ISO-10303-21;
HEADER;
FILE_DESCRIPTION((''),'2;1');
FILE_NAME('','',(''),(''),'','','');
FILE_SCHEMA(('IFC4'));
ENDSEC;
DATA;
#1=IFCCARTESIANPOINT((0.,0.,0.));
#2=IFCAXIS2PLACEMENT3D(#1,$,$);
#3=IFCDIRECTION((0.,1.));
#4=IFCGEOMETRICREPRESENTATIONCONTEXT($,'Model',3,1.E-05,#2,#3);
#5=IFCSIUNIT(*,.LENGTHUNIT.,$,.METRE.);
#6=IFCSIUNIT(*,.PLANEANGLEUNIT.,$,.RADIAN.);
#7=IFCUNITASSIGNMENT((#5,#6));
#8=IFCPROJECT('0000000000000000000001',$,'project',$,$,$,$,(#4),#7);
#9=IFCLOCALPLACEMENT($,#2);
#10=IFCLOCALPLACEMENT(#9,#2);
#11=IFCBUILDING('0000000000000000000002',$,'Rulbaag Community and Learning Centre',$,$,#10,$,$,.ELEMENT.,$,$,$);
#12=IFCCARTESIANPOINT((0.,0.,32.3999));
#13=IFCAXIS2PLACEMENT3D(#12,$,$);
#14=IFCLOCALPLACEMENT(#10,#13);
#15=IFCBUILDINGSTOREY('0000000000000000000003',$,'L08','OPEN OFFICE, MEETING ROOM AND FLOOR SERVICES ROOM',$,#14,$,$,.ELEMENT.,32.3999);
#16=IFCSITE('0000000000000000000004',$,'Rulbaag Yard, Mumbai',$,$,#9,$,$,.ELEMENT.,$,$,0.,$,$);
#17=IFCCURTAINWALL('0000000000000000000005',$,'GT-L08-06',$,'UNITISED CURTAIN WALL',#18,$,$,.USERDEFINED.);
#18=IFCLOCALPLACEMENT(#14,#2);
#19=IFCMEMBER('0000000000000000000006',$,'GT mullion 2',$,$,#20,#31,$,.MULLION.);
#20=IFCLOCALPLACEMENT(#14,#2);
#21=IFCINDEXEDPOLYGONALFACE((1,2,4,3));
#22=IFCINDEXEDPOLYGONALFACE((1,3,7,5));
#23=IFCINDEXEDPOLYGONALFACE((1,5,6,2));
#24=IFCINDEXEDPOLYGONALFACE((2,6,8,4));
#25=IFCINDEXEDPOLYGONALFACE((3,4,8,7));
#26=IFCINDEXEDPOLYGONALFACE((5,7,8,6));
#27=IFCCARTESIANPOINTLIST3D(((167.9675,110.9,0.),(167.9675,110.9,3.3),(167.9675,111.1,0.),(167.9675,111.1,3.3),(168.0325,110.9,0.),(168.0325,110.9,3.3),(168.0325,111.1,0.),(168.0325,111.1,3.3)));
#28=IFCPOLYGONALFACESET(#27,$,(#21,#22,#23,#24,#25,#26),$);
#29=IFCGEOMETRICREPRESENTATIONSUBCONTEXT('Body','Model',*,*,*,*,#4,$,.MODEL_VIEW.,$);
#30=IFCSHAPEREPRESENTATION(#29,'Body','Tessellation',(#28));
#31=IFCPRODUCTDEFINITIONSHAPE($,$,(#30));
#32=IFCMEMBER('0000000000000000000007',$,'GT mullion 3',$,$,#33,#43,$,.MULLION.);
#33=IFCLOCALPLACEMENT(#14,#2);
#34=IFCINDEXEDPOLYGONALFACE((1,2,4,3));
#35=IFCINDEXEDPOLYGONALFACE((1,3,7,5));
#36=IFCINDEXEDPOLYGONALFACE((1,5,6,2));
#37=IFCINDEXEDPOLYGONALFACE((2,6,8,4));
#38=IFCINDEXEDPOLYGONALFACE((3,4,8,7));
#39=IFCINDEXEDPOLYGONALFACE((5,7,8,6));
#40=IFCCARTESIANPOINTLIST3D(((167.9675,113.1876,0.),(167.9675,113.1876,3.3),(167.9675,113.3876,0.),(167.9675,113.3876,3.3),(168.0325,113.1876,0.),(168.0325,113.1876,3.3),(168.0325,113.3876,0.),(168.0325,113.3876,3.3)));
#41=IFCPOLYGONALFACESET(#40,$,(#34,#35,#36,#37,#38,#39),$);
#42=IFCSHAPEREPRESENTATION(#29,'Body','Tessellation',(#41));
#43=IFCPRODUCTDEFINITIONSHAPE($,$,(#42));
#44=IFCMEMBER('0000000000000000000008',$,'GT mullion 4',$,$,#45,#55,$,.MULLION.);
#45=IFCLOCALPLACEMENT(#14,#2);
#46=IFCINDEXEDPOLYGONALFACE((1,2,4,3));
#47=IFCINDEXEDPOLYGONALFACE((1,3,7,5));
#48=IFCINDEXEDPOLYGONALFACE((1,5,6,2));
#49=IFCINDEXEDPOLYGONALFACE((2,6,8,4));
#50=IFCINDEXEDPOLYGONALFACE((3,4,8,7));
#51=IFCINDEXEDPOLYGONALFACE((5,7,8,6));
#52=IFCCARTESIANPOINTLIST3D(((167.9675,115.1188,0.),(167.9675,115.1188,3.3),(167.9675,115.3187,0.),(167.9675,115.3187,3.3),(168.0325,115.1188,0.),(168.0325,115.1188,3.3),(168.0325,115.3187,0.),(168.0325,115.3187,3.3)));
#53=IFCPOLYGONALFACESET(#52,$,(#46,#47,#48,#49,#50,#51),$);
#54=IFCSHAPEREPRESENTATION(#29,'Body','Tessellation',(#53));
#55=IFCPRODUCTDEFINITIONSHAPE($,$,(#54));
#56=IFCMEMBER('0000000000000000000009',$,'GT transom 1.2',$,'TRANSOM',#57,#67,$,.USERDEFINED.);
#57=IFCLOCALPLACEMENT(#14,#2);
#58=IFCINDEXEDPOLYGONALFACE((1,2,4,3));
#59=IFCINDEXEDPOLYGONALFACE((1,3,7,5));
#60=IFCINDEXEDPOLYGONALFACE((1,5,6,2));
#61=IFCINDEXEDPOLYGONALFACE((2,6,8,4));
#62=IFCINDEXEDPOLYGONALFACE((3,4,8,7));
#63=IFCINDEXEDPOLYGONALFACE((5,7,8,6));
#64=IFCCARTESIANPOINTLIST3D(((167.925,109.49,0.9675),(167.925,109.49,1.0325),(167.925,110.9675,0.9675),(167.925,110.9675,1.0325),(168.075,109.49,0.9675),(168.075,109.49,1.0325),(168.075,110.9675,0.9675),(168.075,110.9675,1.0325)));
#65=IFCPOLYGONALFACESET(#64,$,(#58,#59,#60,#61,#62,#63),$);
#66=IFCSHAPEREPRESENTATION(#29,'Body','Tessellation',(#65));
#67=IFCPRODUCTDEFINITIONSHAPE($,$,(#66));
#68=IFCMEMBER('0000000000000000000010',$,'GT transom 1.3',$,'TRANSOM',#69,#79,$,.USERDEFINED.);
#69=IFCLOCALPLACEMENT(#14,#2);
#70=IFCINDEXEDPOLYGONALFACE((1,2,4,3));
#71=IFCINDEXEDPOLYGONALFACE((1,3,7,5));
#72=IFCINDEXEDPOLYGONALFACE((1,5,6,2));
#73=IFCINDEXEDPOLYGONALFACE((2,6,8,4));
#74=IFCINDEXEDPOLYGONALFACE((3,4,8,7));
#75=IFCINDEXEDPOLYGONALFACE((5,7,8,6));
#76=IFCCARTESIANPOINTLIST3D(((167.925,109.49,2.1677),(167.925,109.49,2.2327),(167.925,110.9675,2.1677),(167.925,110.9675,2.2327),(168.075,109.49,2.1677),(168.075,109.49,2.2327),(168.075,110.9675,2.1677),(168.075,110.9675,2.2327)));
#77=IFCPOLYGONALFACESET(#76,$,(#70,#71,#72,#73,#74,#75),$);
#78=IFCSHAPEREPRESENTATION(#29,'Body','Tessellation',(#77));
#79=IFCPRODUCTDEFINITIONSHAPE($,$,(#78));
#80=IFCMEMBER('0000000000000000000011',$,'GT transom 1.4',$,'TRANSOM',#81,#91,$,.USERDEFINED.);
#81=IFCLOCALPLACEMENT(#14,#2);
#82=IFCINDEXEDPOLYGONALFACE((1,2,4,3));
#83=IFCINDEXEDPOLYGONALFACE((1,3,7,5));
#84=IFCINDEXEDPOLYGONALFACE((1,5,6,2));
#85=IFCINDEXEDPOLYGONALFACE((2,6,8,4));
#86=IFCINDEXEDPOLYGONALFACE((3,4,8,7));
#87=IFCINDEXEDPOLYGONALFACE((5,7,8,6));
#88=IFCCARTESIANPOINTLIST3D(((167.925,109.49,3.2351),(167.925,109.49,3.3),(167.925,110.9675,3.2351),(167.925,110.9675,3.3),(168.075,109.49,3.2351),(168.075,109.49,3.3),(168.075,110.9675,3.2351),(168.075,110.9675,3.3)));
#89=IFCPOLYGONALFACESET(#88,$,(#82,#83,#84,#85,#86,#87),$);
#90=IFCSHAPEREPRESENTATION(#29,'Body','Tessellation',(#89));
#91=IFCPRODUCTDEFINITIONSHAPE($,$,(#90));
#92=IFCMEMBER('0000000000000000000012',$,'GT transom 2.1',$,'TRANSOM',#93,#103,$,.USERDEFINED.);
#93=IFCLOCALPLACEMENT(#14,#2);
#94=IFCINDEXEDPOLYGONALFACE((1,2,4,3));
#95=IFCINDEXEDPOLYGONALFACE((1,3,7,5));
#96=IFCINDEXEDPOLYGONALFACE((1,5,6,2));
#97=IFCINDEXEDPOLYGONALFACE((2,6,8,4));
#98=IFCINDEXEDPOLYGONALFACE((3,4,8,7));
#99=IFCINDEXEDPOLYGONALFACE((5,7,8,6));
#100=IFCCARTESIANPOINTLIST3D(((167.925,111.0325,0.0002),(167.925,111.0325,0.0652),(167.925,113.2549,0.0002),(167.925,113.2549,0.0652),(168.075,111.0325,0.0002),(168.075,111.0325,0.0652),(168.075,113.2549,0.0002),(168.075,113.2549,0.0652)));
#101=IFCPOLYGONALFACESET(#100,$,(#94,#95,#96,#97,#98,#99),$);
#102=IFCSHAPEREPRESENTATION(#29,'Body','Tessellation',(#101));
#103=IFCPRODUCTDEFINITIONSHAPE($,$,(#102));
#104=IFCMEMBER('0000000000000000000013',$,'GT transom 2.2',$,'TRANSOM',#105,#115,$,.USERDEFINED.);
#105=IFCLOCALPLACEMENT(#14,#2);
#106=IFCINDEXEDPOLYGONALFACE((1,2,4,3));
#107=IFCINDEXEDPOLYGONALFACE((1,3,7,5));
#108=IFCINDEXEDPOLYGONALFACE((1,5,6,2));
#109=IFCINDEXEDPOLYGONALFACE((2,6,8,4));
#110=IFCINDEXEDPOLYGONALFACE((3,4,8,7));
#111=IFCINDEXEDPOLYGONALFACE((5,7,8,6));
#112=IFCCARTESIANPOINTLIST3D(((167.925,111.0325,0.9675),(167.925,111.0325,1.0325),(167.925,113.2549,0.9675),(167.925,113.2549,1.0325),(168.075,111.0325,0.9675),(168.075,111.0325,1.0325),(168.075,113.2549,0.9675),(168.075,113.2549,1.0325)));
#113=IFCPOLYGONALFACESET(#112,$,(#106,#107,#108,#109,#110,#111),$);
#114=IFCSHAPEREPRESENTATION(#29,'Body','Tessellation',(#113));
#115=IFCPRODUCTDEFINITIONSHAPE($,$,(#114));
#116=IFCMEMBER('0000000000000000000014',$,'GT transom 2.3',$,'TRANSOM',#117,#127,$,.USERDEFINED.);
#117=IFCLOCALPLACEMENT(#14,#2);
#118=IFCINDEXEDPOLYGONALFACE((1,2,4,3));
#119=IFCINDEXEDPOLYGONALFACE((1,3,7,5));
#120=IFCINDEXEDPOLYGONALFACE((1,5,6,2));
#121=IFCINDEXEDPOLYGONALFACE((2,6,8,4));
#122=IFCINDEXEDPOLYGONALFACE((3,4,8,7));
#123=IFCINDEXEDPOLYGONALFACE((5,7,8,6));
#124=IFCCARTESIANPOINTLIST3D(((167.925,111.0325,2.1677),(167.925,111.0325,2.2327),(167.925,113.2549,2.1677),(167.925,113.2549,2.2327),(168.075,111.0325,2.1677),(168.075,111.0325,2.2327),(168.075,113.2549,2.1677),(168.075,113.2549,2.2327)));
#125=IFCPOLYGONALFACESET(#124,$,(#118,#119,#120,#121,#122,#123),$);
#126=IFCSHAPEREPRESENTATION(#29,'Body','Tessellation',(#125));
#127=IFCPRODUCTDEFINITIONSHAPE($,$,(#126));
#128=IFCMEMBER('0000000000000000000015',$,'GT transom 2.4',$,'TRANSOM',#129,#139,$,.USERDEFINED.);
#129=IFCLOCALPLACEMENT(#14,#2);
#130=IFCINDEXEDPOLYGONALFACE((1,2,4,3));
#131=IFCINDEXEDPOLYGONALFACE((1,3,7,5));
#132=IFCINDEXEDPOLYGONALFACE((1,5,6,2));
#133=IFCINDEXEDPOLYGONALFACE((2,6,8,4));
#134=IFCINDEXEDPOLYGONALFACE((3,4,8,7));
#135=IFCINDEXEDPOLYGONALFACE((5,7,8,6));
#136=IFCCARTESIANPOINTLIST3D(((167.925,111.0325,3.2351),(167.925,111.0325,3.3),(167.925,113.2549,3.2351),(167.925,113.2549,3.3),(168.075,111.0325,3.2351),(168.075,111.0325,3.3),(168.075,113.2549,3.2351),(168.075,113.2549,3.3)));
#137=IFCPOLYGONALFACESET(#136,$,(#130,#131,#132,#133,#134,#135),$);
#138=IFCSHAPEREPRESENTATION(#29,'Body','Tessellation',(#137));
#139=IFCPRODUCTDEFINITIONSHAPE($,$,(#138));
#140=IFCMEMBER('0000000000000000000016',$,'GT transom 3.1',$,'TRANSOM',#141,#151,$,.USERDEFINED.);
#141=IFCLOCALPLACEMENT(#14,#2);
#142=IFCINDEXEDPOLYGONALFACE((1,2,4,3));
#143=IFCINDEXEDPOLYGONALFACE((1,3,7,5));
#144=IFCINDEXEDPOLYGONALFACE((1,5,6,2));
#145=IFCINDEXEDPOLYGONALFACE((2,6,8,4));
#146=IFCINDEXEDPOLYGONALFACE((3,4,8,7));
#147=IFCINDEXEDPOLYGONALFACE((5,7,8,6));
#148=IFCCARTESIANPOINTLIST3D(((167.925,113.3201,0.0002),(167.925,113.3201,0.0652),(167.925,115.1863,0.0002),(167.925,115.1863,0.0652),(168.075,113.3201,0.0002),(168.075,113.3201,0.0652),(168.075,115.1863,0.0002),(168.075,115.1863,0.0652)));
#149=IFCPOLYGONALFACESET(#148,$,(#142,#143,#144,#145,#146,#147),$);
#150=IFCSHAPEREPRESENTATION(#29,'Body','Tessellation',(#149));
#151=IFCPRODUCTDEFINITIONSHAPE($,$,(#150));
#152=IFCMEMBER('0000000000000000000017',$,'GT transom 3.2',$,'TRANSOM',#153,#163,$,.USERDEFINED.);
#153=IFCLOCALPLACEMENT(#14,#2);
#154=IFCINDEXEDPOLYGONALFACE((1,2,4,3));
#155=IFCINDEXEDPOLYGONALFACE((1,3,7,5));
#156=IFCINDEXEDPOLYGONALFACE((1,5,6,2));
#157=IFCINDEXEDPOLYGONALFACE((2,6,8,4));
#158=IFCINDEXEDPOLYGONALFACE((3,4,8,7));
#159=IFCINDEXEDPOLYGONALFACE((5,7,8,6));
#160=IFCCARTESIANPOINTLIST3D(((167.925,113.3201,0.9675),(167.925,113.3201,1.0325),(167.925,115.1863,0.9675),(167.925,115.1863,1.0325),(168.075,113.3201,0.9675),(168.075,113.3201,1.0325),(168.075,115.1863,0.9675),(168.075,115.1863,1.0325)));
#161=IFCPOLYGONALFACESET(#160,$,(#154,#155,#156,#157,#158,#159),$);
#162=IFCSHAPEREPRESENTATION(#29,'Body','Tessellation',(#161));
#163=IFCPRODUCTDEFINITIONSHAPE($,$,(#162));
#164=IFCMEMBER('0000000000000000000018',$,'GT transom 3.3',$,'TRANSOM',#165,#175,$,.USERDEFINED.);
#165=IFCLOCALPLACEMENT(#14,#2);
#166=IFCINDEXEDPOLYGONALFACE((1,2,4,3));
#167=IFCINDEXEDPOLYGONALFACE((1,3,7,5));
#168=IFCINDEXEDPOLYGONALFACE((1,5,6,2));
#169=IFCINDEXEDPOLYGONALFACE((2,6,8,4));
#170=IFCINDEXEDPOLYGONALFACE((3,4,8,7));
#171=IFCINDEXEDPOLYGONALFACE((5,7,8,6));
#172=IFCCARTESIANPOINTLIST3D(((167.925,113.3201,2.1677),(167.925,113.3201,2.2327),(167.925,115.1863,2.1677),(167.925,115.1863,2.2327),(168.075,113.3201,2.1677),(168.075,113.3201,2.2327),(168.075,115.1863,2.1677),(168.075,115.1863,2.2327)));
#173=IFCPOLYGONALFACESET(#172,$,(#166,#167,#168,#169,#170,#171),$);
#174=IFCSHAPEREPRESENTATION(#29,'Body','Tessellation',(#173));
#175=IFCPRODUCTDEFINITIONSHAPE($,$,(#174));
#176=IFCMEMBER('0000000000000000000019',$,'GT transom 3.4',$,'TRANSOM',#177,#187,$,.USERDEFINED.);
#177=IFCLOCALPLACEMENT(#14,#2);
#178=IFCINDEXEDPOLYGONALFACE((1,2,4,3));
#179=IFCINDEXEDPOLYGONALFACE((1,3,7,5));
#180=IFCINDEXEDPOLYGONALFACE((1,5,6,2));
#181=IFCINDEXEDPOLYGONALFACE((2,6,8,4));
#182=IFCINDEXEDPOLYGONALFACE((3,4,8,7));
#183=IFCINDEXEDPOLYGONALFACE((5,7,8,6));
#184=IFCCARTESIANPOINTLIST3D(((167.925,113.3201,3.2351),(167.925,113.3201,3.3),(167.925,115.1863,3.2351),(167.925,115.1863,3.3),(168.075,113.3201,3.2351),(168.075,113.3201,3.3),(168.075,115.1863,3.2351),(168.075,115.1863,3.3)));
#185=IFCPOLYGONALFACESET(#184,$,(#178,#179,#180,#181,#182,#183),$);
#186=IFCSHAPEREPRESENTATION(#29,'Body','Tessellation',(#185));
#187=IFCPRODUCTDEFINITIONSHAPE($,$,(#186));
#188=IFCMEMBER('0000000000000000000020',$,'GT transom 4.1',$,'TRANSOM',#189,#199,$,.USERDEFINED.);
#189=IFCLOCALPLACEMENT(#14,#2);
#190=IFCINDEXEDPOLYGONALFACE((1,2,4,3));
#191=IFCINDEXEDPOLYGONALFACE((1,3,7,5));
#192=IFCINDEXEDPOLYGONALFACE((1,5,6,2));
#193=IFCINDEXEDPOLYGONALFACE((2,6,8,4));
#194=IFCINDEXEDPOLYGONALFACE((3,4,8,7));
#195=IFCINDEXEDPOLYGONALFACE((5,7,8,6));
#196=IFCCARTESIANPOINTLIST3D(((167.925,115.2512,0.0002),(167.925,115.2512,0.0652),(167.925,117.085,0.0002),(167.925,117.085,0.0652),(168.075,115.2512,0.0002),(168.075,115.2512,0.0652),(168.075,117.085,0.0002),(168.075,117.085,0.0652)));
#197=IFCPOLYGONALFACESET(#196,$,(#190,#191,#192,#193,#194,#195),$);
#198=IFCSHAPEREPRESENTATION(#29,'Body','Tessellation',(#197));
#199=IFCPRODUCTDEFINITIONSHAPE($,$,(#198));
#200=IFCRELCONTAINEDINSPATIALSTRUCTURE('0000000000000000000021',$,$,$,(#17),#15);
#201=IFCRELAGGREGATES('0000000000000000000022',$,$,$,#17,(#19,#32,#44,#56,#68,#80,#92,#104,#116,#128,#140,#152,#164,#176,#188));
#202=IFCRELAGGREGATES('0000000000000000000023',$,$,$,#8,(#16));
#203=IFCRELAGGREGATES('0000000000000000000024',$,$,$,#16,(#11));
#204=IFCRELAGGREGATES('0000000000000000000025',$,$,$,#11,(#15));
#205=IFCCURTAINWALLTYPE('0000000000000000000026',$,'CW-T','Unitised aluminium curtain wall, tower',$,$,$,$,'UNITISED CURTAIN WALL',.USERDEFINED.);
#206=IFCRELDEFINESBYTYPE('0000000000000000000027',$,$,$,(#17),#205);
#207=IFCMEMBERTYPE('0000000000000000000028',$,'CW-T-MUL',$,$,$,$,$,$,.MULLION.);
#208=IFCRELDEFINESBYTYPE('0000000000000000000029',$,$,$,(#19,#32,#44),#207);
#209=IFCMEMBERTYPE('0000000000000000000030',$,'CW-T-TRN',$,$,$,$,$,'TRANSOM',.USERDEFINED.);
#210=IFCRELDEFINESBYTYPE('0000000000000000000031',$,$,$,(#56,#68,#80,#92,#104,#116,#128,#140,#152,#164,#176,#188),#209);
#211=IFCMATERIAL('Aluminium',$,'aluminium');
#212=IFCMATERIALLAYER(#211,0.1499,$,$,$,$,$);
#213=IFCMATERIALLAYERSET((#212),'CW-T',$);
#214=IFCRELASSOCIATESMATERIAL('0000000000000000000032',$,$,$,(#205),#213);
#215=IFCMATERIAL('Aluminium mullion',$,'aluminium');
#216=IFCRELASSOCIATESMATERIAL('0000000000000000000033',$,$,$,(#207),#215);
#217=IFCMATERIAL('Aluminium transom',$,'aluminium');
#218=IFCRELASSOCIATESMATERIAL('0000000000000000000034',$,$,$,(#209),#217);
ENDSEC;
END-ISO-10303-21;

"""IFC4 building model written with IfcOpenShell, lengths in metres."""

from ifc_helpers import new_model, si_unit, direction, frame, origin, origin_2d, place, context, subcontext, project, spatial, rectangle, extrude, material, layer, layer_set, material_profile, profile_set, type_object, element, aggregate, save


model = new_model("IFC4")

# Units and contexts
model_context = context("Model", 3, precision=1e-05, world=origin(), true_north=direction((0.0, 1.0)))
body_context = subcontext(model_context, "Body", "Model", "MODEL_VIEW")
ifc_project = project(units=[si_unit("LENGTHUNIT", "METRE"), si_unit("PLANEANGLEUNIT", "RADIAN")], contexts=[model_context])

# Site, building, storey
site_placement = place(None, origin())
site = spatial("IfcSite", under=ifc_project, at=site_placement, Name="Rulbaag Yard, Mumbai", CompositionType="ELEMENT", RefElevation=0.0)
building_placement = place(site_placement, origin())
building = spatial("IfcBuilding", under=site, at=building_placement, Name="Rulbaag Community and Learning Centre", CompositionType="ELEMENT")
storey_placement = place(building_placement, frame((0.0, 0.0, 32.3999)))
storey = spatial("IfcBuildingStorey", under=building, at=storey_placement, Name="L08", Description="OPEN OFFICE, MEETING ROOM AND FLOOR SERVICES ROOM", CompositionType="ELEMENT", Elevation=32.3999)

# Curtain wall, members
ifc_material_1 = material(Name="Aluminium", Category="aluminium")
ifc_layer_1 = layer(ifc_material_1, 0.1499)
ifc_layer_set_1 = layer_set([ifc_layer_1], Name="CW-T")
curtain_wall_type = type_object("IfcCurtainWallType", Name="CW-T", Description="Unitised aluminium curtain wall, tower", ElementType="UNITISED CURTAIN WALL", PredefinedType="USERDEFINED", material=ifc_layer_set_1)
curtain_wall_placement = place(storey_placement, origin())
curtain_wall = element("IfcCurtainWall", 1, at=curtain_wall_placement, inside=storey, type_object=curtain_wall_type, Name="GT-L08-06", ObjectType="UNITISED CURTAIN WALL", PredefinedType="USERDEFINED")
ifc_material_2 = material(Name="Aluminium mullion", Category="aluminium")
ifc_material_profile_1 = material_profile(ifc_material_2, rectangle(XDim=0.0649, YDim=0.2, at=origin_2d()), Name="AL 65x200")
ifc_profile_set_1 = profile_set([ifc_material_profile_1], Name="Aluminium mullion")
member_type_1 = type_object("IfcMemberType", Name="CW-T-MUL", PredefinedType="MULLION", material=ifc_profile_set_1)
member_1_placement = place(storey_placement, frame((168.0, 111.0, 0.0), z_axis=(0.0, 0.0, 1.0), x_axis=(-1.0, 0.0, 0.0)))
member_1 = element("IfcMember", 2, at=member_1_placement, type_object=member_type_1, Name="GT mullion 2", PredefinedType="MULLION", context=body_context, shape_type="SweptSolid", body=[
    extrude(rectangle(XDim=0.0649, YDim=0.2, at=origin_2d()), origin(), (0.0, 0.0, 1.0), 3.3),
])
member_2_placement = place(storey_placement, frame((168.0, 113.2876, 0.0), z_axis=(0.0, 0.0, 1.0), x_axis=(-1.0, 0.0, 0.0)))
member_2 = element("IfcMember", 3, at=member_2_placement, type_object=member_type_1, Name="GT mullion 3", PredefinedType="MULLION", context=body_context, shape_type="SweptSolid", body=[
    extrude(rectangle(XDim=0.0649, YDim=0.2, at=origin_2d()), origin(), (0.0, 0.0, 1.0), 3.3),
])
member_3_placement = place(storey_placement, frame((168.0, 115.2188, 0.0), z_axis=(0.0, 0.0, 1.0), x_axis=(-1.0, 0.0, 0.0)))
member_3 = element("IfcMember", 4, at=member_3_placement, type_object=member_type_1, Name="GT mullion 4", PredefinedType="MULLION", context=body_context, shape_type="SweptSolid", body=[
    extrude(rectangle(XDim=0.0649, YDim=0.2, at=origin_2d()), origin(), (0.0, 0.0, 1.0), 3.3),
])
ifc_material_3 = material(Name="Aluminium transom", Category="aluminium")
ifc_material_profile_2 = material_profile(ifc_material_3, rectangle(XDim=0.1499, YDim=0.0649, at=origin_2d()), Name="AL 65x150 T")
ifc_profile_set_2 = profile_set([ifc_material_profile_2], Name="Aluminium transom")
member_type_2 = type_object("IfcMemberType", Name="CW-T-TRN", ElementType="TRANSOM", PredefinedType="USERDEFINED", material=ifc_profile_set_2)
member_4_placement = place(storey_placement, frame((168.0, 109.49, 1.0), z_axis=(0.0, 1.0, 0.0), x_axis=(-1.0, 0.0, 0.0)))
member_4 = element("IfcMember", 5, at=member_4_placement, type_object=member_type_2, Name="GT transom 1.2", ObjectType="TRANSOM", PredefinedType="USERDEFINED", context=body_context, shape_type="SweptSolid", body=[
    extrude(rectangle(XDim=0.1499, YDim=0.0649, at=origin_2d()), origin(), (0.0, 0.0, 1.0), 1.4775),
])
member_5_placement = place(storey_placement, frame((168.0, 109.49, 2.2002), z_axis=(0.0, 1.0, 0.0), x_axis=(-1.0, 0.0, 0.0)))
member_5 = element("IfcMember", 6, at=member_5_placement, type_object=member_type_2, Name="GT transom 1.3", ObjectType="TRANSOM", PredefinedType="USERDEFINED", context=body_context, shape_type="SweptSolid", body=[
    extrude(rectangle(XDim=0.1499, YDim=0.0649, at=origin_2d()), origin(), (0.0, 0.0, 1.0), 1.4775),
])
member_6_placement = place(storey_placement, frame((168.0, 109.49, 3.2676), z_axis=(0.0, 1.0, 0.0), x_axis=(-1.0, 0.0, 0.0)))
member_6 = element("IfcMember", 7, at=member_6_placement, type_object=member_type_2, Name="GT transom 1.4", ObjectType="TRANSOM", PredefinedType="USERDEFINED", context=body_context, shape_type="SweptSolid", body=[
    extrude(rectangle(XDim=0.1499, YDim=0.0649, at=origin_2d()), origin(), (0.0, 0.0, 1.0), 1.4775),
])
member_7_placement = place(storey_placement, frame((168.0, 111.0325, 0.0327), z_axis=(0.0, 1.0, 0.0), x_axis=(-1.0, 0.0, 0.0)))
member_7 = element("IfcMember", 8, at=member_7_placement, type_object=member_type_2, Name="GT transom 2.1", ObjectType="TRANSOM", PredefinedType="USERDEFINED", context=body_context, shape_type="SweptSolid", body=[
    extrude(rectangle(XDim=0.1499, YDim=0.0649, at=origin_2d()), origin(), (0.0, 0.0, 1.0), 2.2224),
])
member_8_placement = place(storey_placement, frame((168.0, 111.0325, 1.0), z_axis=(0.0, 1.0, 0.0), x_axis=(-1.0, 0.0, 0.0)))
member_8 = element("IfcMember", 9, at=member_8_placement, type_object=member_type_2, Name="GT transom 2.2", ObjectType="TRANSOM", PredefinedType="USERDEFINED", context=body_context, shape_type="SweptSolid", body=[
    extrude(rectangle(XDim=0.1499, YDim=0.0649, at=origin_2d()), origin(), (0.0, 0.0, 1.0), 2.2224),
])
member_9_placement = place(storey_placement, frame((168.0, 111.0325, 2.2002), z_axis=(0.0, 1.0, 0.0), x_axis=(-1.0, 0.0, 0.0)))
member_9 = element("IfcMember", 10, at=member_9_placement, type_object=member_type_2, Name="GT transom 2.3", ObjectType="TRANSOM", PredefinedType="USERDEFINED", context=body_context, shape_type="SweptSolid", body=[
    extrude(rectangle(XDim=0.1499, YDim=0.0649, at=origin_2d()), origin(), (0.0, 0.0, 1.0), 2.2224),
])
member_10_placement = place(storey_placement, frame((168.0, 111.0325, 3.2676), z_axis=(0.0, 1.0, 0.0), x_axis=(-1.0, 0.0, 0.0)))
member_10 = element("IfcMember", 11, at=member_10_placement, type_object=member_type_2, Name="GT transom 2.4", ObjectType="TRANSOM", PredefinedType="USERDEFINED", context=body_context, shape_type="SweptSolid", body=[
    extrude(rectangle(XDim=0.1499, YDim=0.0649, at=origin_2d()), origin(), (0.0, 0.0, 1.0), 2.2224),
])
member_11_placement = place(storey_placement, frame((168.0, 113.3201, 0.0327), z_axis=(0.0, 1.0, 0.0), x_axis=(-1.0, 0.0, 0.0)))
member_11 = element("IfcMember", 12, at=member_11_placement, type_object=member_type_2, Name="GT transom 3.1", ObjectType="TRANSOM", PredefinedType="USERDEFINED", context=body_context, shape_type="SweptSolid", body=[
    extrude(rectangle(XDim=0.1499, YDim=0.0649, at=origin_2d()), origin(), (0.0, 0.0, 1.0), 1.8662),
])
member_12_placement = place(storey_placement, frame((168.0, 113.3201, 1.0), z_axis=(0.0, 1.0, 0.0), x_axis=(-1.0, 0.0, 0.0)))
member_12 = element("IfcMember", 13, at=member_12_placement, type_object=member_type_2, Name="GT transom 3.2", ObjectType="TRANSOM", PredefinedType="USERDEFINED", context=body_context, shape_type="SweptSolid", body=[
    extrude(rectangle(XDim=0.1499, YDim=0.0649, at=origin_2d()), origin(), (0.0, 0.0, 1.0), 1.8662),
])
member_13_placement = place(storey_placement, frame((168.0, 113.3201, 2.2002), z_axis=(0.0, 1.0, 0.0), x_axis=(-1.0, 0.0, 0.0)))
member_13 = element("IfcMember", 14, at=member_13_placement, type_object=member_type_2, Name="GT transom 3.3", ObjectType="TRANSOM", PredefinedType="USERDEFINED", context=body_context, shape_type="SweptSolid", body=[
    extrude(rectangle(XDim=0.1499, YDim=0.0649, at=origin_2d()), origin(), (0.0, 0.0, 1.0), 1.8662),
])
member_14_placement = place(storey_placement, frame((168.0, 113.3201, 3.2676), z_axis=(0.0, 1.0, 0.0), x_axis=(-1.0, 0.0, 0.0)))
member_14 = element("IfcMember", 15, at=member_14_placement, type_object=member_type_2, Name="GT transom 3.4", ObjectType="TRANSOM", PredefinedType="USERDEFINED", context=body_context, shape_type="SweptSolid", body=[
    extrude(rectangle(XDim=0.1499, YDim=0.0649, at=origin_2d()), origin(), (0.0, 0.0, 1.0), 1.8662),
])
member_15_placement = place(storey_placement, frame((168.0, 115.2512, 0.0327), z_axis=(0.0, 1.0, 0.0), x_axis=(-1.0, 0.0, 0.0)))
member_15 = element("IfcMember", 16, at=member_15_placement, type_object=member_type_2, Name="GT transom 4.1", ObjectType="TRANSOM", PredefinedType="USERDEFINED", context=body_context, shape_type="SweptSolid", body=[
    extrude(rectangle(XDim=0.1499, YDim=0.0649, at=origin_2d()), origin(), (0.0, 0.0, 1.0), 1.8337),
])
aggregate(curtain_wall, [member_1, member_2, member_3, member_4, member_5, member_6, member_7, member_8, member_9, member_10, member_11, member_12, member_13, member_14, member_15])

save(model, "model.ifc")
